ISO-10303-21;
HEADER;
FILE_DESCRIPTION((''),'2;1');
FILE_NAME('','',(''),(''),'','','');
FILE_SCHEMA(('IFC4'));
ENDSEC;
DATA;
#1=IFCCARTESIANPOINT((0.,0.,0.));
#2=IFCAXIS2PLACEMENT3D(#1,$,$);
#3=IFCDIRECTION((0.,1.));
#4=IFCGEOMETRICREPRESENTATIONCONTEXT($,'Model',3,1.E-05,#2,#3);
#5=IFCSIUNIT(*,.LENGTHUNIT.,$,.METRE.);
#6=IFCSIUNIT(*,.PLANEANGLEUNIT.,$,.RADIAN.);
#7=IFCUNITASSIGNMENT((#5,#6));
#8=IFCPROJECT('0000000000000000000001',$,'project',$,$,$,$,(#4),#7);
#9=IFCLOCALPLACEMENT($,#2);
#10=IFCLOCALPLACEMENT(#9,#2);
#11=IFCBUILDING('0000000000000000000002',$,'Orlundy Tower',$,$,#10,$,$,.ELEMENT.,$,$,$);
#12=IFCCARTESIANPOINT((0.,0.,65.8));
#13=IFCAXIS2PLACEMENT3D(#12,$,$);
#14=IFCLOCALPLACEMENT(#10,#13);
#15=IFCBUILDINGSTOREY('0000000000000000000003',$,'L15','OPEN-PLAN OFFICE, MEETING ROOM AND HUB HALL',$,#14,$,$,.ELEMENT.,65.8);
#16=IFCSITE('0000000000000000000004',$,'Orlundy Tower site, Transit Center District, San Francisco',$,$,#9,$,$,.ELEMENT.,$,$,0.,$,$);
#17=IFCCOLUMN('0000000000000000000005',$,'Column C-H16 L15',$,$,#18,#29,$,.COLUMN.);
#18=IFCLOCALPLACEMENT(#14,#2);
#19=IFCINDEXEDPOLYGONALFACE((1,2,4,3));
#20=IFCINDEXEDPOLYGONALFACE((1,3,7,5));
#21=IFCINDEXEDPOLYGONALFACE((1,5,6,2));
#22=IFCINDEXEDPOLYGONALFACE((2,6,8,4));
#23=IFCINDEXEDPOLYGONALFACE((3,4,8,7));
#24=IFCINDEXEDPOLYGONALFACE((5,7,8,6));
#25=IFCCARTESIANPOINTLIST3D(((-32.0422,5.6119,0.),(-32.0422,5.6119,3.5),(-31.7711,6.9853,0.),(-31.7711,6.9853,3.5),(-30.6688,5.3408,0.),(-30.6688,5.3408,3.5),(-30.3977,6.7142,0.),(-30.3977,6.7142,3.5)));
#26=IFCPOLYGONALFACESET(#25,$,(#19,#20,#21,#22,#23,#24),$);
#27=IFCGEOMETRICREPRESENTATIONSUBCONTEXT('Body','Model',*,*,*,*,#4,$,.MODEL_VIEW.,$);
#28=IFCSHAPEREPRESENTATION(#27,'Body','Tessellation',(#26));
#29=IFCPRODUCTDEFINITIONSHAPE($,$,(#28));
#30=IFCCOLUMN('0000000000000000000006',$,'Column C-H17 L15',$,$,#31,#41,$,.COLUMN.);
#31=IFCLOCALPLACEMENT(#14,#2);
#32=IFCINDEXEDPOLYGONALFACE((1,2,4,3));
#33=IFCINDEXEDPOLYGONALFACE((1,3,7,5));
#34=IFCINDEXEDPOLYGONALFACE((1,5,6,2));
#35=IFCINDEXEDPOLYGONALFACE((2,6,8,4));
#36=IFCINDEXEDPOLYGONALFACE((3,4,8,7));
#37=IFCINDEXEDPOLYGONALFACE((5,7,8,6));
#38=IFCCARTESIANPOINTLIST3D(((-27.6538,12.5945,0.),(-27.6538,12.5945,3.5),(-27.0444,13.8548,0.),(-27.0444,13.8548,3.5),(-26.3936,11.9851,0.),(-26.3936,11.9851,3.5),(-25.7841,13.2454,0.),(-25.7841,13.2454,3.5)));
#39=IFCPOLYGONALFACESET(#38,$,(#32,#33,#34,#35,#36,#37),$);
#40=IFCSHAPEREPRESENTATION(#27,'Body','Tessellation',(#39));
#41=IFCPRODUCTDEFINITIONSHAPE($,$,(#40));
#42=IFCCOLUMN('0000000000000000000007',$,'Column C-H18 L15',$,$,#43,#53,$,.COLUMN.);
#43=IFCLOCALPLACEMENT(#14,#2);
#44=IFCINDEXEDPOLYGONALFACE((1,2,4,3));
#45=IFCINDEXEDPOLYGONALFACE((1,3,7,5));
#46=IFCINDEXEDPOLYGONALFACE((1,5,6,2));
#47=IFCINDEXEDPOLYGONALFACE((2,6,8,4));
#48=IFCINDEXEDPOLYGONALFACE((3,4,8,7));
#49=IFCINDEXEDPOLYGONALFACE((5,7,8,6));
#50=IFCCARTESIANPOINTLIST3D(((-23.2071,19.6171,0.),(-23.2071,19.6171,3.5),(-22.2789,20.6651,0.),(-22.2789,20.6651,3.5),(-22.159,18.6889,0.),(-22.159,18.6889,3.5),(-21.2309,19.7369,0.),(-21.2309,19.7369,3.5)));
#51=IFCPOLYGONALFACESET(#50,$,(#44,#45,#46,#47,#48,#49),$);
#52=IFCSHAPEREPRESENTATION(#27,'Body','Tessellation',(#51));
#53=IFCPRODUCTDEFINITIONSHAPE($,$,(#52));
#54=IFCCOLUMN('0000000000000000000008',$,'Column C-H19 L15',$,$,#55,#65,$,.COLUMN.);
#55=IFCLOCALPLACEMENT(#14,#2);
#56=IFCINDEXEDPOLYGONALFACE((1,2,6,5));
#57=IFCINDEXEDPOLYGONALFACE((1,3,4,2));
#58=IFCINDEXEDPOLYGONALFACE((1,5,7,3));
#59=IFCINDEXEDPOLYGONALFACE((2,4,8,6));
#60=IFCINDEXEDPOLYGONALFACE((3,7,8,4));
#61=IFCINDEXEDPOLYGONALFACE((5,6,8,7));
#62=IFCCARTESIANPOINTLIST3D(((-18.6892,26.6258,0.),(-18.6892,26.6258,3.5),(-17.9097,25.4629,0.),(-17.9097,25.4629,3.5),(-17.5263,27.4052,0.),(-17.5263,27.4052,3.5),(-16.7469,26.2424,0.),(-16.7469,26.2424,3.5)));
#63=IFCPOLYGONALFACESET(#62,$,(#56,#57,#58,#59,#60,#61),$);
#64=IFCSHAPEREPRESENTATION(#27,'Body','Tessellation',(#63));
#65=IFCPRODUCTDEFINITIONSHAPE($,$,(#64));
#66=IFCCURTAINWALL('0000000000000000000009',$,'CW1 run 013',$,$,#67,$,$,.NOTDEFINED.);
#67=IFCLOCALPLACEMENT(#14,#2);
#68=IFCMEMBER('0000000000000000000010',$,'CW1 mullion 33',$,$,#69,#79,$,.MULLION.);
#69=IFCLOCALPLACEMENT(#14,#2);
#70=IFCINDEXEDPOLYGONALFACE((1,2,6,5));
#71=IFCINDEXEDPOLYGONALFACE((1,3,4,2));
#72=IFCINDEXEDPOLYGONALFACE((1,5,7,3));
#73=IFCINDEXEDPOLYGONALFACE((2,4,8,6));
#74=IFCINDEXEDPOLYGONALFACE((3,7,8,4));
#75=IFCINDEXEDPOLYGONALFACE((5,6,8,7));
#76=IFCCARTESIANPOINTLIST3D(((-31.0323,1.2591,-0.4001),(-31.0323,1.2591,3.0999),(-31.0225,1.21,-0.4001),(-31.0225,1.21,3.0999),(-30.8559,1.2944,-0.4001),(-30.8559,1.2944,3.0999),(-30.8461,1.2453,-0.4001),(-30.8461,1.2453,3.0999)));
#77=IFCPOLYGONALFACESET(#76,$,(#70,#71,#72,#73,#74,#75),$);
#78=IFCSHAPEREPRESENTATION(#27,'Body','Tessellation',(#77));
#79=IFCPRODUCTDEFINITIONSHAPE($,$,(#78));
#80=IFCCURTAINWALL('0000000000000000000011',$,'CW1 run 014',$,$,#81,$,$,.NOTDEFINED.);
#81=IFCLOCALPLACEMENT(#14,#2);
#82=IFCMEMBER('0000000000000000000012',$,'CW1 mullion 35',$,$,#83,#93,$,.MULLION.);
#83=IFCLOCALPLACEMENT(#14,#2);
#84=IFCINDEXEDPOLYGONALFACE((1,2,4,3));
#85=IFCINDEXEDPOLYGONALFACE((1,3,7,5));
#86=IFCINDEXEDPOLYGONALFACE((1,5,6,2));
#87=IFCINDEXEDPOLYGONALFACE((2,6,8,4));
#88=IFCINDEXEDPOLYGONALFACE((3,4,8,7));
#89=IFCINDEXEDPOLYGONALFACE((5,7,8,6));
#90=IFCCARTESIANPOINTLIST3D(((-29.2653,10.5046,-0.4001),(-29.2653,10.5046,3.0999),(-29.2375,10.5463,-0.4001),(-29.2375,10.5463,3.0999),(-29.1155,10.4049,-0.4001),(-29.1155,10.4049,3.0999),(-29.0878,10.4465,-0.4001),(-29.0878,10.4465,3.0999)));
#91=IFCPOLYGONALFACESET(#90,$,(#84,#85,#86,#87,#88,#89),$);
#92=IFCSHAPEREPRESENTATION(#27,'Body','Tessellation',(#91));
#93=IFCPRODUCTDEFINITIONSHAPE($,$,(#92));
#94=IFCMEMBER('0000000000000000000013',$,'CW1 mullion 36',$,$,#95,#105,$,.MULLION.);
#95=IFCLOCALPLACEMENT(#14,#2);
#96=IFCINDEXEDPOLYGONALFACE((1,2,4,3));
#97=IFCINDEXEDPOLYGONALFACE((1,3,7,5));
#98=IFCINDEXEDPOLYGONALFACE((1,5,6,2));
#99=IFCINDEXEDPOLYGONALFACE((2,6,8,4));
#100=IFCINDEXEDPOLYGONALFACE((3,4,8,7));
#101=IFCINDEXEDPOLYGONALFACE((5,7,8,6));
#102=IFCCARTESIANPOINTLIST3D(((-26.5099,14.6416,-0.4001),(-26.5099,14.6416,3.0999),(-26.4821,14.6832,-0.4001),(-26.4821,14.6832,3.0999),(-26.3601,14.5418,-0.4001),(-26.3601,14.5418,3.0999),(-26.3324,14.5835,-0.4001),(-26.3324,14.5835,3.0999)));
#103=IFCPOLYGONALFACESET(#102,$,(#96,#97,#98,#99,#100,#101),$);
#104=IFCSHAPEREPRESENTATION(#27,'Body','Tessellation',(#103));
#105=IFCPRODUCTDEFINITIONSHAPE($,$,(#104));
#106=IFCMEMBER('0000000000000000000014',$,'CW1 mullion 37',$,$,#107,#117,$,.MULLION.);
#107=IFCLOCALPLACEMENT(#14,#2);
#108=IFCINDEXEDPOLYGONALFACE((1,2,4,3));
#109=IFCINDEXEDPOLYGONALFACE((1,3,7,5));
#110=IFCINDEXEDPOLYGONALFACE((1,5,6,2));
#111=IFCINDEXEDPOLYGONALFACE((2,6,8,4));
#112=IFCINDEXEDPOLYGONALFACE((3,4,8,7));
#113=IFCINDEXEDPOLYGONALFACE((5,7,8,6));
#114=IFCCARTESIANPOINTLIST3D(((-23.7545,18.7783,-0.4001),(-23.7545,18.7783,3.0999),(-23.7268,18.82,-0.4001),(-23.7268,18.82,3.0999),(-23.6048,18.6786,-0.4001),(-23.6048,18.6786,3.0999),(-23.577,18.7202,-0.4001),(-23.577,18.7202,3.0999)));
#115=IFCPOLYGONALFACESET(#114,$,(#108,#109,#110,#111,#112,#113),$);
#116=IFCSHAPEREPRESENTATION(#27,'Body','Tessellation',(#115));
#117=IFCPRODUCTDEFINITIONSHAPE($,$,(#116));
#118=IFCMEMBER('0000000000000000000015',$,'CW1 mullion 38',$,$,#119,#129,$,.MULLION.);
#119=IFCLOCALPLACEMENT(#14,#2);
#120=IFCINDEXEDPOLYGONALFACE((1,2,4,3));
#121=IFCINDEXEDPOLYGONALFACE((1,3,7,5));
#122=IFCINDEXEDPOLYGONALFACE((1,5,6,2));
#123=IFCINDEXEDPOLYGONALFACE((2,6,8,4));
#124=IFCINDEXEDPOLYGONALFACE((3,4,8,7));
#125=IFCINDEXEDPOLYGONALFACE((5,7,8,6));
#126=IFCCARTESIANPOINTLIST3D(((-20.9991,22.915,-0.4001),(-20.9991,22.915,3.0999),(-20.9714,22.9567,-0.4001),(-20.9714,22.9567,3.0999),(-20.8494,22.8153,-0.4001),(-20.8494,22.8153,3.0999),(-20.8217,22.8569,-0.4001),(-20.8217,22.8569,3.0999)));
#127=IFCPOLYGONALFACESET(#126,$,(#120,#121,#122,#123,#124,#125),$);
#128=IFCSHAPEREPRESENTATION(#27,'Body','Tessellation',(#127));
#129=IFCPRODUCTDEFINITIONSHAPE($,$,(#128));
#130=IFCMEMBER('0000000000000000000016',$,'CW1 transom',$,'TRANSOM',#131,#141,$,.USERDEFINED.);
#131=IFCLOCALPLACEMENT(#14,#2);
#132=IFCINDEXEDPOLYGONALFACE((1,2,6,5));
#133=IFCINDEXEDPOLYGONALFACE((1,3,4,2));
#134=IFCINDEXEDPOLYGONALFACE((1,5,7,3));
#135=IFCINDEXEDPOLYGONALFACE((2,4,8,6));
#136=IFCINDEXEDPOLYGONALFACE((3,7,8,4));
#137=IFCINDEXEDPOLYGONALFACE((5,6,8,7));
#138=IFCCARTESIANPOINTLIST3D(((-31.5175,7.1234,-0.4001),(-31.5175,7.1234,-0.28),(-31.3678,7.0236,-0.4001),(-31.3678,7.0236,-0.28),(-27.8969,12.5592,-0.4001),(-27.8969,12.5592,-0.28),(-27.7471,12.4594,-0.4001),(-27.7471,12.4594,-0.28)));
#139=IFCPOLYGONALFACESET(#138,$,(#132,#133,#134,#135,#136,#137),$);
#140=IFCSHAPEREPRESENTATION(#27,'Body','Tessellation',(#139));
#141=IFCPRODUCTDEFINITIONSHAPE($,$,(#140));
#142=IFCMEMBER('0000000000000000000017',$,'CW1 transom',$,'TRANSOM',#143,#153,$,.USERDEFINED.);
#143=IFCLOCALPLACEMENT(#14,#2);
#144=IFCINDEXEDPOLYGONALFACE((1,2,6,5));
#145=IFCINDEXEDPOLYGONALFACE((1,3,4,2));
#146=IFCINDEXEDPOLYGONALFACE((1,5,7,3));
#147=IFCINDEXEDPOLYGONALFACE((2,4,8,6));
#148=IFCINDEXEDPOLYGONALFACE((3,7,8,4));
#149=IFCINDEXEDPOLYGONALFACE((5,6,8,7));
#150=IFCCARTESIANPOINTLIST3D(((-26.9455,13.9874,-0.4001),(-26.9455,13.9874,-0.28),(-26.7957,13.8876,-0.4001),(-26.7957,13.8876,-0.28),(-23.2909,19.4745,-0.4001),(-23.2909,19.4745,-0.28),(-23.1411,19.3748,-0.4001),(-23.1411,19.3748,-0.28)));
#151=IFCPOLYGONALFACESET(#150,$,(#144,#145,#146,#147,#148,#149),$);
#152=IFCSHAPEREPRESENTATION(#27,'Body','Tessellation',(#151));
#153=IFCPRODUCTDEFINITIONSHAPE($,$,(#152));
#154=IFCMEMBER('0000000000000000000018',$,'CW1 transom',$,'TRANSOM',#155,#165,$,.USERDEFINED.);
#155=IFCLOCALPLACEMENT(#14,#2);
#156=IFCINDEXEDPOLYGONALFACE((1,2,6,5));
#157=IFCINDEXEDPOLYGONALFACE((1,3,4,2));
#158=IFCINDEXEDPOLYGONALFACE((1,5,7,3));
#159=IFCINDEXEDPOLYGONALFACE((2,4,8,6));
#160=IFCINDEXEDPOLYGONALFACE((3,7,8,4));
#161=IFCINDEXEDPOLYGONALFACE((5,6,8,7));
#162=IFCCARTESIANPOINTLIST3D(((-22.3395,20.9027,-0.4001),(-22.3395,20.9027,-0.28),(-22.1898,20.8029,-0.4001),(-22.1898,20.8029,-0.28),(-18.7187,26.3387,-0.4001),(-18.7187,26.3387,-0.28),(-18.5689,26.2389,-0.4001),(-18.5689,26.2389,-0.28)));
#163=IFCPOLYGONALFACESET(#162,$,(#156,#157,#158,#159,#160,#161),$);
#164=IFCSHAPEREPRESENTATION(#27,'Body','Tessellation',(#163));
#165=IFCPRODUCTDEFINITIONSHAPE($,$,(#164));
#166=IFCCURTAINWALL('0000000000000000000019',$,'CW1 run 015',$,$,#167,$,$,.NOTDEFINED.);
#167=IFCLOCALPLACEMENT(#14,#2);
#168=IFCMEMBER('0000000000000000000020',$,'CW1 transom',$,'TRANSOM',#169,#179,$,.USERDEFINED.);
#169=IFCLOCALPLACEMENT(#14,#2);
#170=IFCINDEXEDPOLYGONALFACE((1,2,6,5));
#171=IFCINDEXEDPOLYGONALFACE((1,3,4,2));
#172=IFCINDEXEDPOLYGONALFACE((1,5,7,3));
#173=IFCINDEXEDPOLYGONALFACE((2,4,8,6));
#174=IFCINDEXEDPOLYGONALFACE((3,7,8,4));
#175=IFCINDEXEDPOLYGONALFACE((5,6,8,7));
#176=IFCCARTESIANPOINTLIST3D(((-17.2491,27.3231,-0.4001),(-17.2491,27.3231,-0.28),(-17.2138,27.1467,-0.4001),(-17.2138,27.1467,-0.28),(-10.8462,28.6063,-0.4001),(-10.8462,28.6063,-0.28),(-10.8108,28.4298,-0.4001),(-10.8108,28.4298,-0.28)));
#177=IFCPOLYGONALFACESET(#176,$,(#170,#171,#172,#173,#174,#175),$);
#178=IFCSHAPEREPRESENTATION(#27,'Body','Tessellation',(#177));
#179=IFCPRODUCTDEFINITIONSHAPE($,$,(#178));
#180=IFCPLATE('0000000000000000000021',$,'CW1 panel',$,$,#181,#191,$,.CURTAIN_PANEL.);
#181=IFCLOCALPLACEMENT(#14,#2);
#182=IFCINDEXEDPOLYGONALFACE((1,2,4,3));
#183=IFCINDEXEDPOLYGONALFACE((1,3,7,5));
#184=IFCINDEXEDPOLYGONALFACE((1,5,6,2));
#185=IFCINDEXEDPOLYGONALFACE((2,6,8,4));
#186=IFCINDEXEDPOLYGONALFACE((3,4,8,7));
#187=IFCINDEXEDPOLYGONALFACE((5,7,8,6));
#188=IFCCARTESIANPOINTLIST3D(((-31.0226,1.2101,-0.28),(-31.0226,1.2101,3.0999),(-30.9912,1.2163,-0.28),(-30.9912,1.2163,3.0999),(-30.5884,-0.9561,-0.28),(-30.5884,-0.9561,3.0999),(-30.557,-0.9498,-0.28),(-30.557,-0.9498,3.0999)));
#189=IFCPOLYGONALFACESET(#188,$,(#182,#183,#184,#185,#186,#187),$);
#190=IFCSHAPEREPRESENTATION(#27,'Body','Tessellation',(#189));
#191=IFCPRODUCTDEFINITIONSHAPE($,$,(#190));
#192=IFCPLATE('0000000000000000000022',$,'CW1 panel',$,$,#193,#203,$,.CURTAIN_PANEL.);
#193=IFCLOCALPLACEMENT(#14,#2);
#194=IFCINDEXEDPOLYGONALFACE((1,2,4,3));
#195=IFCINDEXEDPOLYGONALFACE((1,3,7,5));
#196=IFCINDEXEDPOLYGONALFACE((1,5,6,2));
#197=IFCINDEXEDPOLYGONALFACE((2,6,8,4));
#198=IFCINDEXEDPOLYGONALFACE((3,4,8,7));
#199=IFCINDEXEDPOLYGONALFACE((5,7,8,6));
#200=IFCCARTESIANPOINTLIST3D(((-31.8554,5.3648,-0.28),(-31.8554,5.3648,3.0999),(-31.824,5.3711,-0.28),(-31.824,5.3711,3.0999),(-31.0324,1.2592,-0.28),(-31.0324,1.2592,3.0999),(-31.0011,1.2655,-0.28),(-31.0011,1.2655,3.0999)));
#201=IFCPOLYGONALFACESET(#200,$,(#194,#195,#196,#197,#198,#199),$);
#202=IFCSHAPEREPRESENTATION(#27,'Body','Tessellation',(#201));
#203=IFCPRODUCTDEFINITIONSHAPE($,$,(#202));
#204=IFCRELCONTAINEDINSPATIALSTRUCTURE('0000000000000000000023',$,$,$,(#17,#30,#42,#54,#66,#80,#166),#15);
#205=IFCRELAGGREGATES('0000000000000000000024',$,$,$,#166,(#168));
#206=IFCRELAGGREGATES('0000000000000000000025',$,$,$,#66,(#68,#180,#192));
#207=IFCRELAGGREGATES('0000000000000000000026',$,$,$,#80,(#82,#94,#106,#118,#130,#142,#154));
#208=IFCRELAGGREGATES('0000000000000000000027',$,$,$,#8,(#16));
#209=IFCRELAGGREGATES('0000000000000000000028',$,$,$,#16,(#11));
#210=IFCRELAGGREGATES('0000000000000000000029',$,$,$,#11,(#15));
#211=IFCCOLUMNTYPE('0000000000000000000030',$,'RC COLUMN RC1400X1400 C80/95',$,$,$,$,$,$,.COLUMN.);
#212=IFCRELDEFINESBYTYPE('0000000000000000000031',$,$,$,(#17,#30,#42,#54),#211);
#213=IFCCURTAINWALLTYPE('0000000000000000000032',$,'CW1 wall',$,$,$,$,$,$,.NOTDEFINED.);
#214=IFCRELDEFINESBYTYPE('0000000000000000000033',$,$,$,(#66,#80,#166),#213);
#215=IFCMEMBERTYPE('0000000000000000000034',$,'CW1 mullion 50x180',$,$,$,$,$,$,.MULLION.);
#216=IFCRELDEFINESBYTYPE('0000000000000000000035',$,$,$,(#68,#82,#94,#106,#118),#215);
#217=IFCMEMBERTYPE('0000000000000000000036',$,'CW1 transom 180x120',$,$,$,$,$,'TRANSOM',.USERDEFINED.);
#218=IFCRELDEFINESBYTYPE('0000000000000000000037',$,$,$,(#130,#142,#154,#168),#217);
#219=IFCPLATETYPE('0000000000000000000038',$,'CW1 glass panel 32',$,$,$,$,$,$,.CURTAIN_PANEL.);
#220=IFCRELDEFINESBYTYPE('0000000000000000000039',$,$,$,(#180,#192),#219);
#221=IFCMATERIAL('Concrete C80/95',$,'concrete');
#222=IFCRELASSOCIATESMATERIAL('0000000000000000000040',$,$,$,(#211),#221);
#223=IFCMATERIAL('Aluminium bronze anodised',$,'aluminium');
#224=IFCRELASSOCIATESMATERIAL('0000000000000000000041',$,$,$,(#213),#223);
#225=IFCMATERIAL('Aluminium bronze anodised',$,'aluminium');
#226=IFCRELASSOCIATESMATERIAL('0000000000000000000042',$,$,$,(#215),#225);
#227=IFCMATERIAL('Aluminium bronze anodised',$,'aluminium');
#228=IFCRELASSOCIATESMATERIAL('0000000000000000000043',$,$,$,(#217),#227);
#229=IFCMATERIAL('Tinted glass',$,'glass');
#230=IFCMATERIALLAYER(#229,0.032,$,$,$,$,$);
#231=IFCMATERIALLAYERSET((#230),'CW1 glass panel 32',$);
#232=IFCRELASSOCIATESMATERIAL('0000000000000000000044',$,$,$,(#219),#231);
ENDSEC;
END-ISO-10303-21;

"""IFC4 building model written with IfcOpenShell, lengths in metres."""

from ifc_helpers import new_model, si_unit, direction, frame, origin, origin_2d, place, context, subcontext, project, spatial, rectangle, extrude, material, layer, layer_set, material_profile, profile_set, type_object, element, aggregate, save


model = new_model("IFC4")

# Units and contexts
model_context = context("Model", 3, precision=1e-05, world=origin(), true_north=direction((0.0, 1.0)))
body_context = subcontext(model_context, "Body", "Model", "MODEL_VIEW")
ifc_project = project(units=[si_unit("LENGTHUNIT", "METRE"), si_unit("PLANEANGLEUNIT", "RADIAN")], contexts=[model_context])

# Site, building, storey
site_placement = place(None, origin())
site = spatial("IfcSite", under=ifc_project, at=site_placement, Name="Orlundy Tower site, Transit Center District, San Francisco", CompositionType="ELEMENT", RefElevation=0.0)
building_placement = place(site_placement, origin())
building = spatial("IfcBuilding", under=site, at=building_placement, Name="Orlundy Tower", CompositionType="ELEMENT")
storey_placement = place(building_placement, frame((0.0, 0.0, 65.8)))
storey = spatial("IfcBuildingStorey", under=building, at=storey_placement, Name="L15", Description="OPEN-PLAN OFFICE, MEETING ROOM AND HUB HALL", CompositionType="ELEMENT", Elevation=65.8)

# Columns
ifc_material_1 = material(Name="Concrete C80/95", Category="concrete")
ifc_material_profile_1 = material_profile(ifc_material_1, rectangle(XDim=1.3999, YDim=1.3999, at=origin_2d()), Name="RC1400X1400")
ifc_profile_set_1 = profile_set([ifc_material_profile_1], Name="Concrete C80/95")
column_type = type_object("IfcColumnType", Name="RC COLUMN RC1400X1400 C80/95", PredefinedType="COLUMN", material=ifc_profile_set_1)
for number, where, z_axis, x_axis, name in (
    (1, (-31.22, 6.1631, 0.0), (0.0, 0.0, 1.0), (-0.981067, 0.193669, 0.0), "Column C-H16 L15"),
    (2, (-26.719, 12.9199, 0.0), (0.0, 0.0, 1.0), (-0.900273, 0.435325, 0.0), "Column C-H17 L15"),
    (3, (-22.219, 19.677, 0.0), (0.0, 0.0, 1.0), (-0.748632, 0.662986, 0.0), "Column C-H18 L15"),
    (4, (-17.718, 26.4341, 0.0), (0.0, 0.0, 1.0), (-0.556774, 0.830664, 0.0), "Column C-H19 L15"),
):
    element("IfcColumn", number, at=place(storey_placement, frame(where, z_axis=z_axis, x_axis=x_axis)), inside=storey, type_object=column_type, Name=name, PredefinedType="COLUMN", context=body_context, shape_type="SweptSolid", body=[
        extrude(rectangle(XDim=1.3999, YDim=1.3999, at=origin_2d()), origin(), (0.0, 0.0, 1.0), 3.5),
    ])

# Curtain wall, member
ifc_material_2 = material(Name="Aluminium bronze anodised", Category="aluminium")
curtain_wall_type = type_object("IfcCurtainWallType", Name="CW1 wall", PredefinedType="NOTDEFINED", material=ifc_material_2)
curtain_wall_1_placement = place(storey_placement, origin())
curtain_wall_1 = element("IfcCurtainWall", 5, at=curtain_wall_1_placement, inside=storey, type_object=curtain_wall_type, Name="CW1 run 013", PredefinedType="NOTDEFINED")
ifc_material_3 = material(Name="Aluminium bronze anodised", Category="aluminium")
ifc_material_profile_2 = material_profile(ifc_material_3, rectangle(XDim=0.1799, YDim=0.05, at=origin_2d()), Name="CW1 mullion 50x180")
ifc_profile_set_2 = profile_set([ifc_material_profile_2], Name="Aluminium bronze anodised")
member_type_1 = type_object("IfcMemberType", Name="CW1 mullion 50x180", PredefinedType="MULLION", material=ifc_profile_set_2)
member_1_placement = place(storey_placement, frame((-30.9392, 1.2522, -0.4001), z_axis=(0.0, 0.0, 1.0), x_axis=(-0.980498, -0.196529, 0.0)))
member_1 = element("IfcMember", 6, at=member_1_placement, type_object=member_type_1, Name="CW1 mullion 33", PredefinedType="MULLION", context=body_context, shape_type="SweptSolid", body=[
    extrude(rectangle(XDim=0.1799, YDim=0.05, at=origin_2d()), origin(), (0.0, 0.0, 1.0), 3.5),
])

# Curtain wall, members
curtain_wall_2_placement = place(storey_placement, origin())
curtain_wall_2 = element("IfcCurtainWall", 7, at=curtain_wall_2_placement, inside=storey, type_object=curtain_wall_type, Name="CW1 run 014", PredefinedType="NOTDEFINED")
member_2_placement = place(storey_placement, frame((-29.1765, 10.4756, -0.4001), z_axis=(0.0, 0.0, 1.0), x_axis=(-0.832279, 0.554357, 0.0)))
member_2 = element("IfcMember", 8, at=member_2_placement, type_object=member_type_1, Name="CW1 mullion 35", PredefinedType="MULLION", context=body_context, shape_type="SweptSolid", body=[
    extrude(rectangle(XDim=0.1799, YDim=0.05, at=origin_2d()), origin(), (0.0, 0.0, 1.0), 3.5),
])
member_3_placement = place(storey_placement, frame((-26.4211, 14.6125, -0.4001), z_axis=(0.0, 0.0, 1.0), x_axis=(-0.832279, 0.554357, 0.0)))
member_3 = element("IfcMember", 9, at=member_3_placement, type_object=member_type_1, Name="CW1 mullion 36", PredefinedType="MULLION", context=body_context, shape_type="SweptSolid", body=[
    extrude(rectangle(XDim=0.1799, YDim=0.05, at=origin_2d()), origin(), (0.0, 0.0, 1.0), 3.5),
])
member_4_placement = place(storey_placement, frame((-23.6658, 18.7493, -0.4001), z_axis=(0.0, 0.0, 1.0), x_axis=(-0.832279, 0.554357, 0.0)))
member_4 = element("IfcMember", 10, at=member_4_placement, type_object=member_type_1, Name="CW1 mullion 37", PredefinedType="MULLION", context=body_context, shape_type="SweptSolid", body=[
    extrude(rectangle(XDim=0.1799, YDim=0.05, at=origin_2d()), origin(), (0.0, 0.0, 1.0), 3.5),
])
member_5_placement = place(storey_placement, frame((-20.9104, 22.886, -0.4001), z_axis=(0.0, 0.0, 1.0), x_axis=(-0.832279, 0.554357, 0.0)))
member_5 = element("IfcMember", 11, at=member_5_placement, type_object=member_type_1, Name="CW1 mullion 38", PredefinedType="MULLION", context=body_context, shape_type="SweptSolid", body=[
    extrude(rectangle(XDim=0.1799, YDim=0.05, at=origin_2d()), origin(), (0.0, 0.0, 1.0), 3.5),
])
ifc_material_4 = material(Name="Aluminium bronze anodised", Category="aluminium")
ifc_material_profile_3 = material_profile(ifc_material_4, rectangle(XDim=0.1799, YDim=0.1201, at=origin_2d()), Name="CW1 transom 180x120")
ifc_profile_set_3 = profile_set([ifc_material_profile_3], Name="Aluminium bronze anodised")
member_type_2 = type_object("IfcMemberType", Name="CW1 transom 180x120", ElementType="TRANSOM", PredefinedType="USERDEFINED", material=ifc_profile_set_3)
member_6_placement = place(storey_placement, frame((-31.4426, 7.0735, -0.3401), z_axis=(0.554355, 0.83228, 0.0), x_axis=(-0.83228, 0.554355, 0.0)))
member_6 = element("IfcMember", 12, at=member_6_placement, type_object=member_type_2, Name="CW1 transom", ObjectType="TRANSOM", PredefinedType="USERDEFINED", context=body_context, shape_type="SweptSolid", body=[
    extrude(rectangle(XDim=0.1799, YDim=0.1201, at=origin_2d()), origin(), (0.0, 0.0, 1.0), 6.5312),
])
member_7_placement = place(storey_placement, frame((-26.8706, 13.9375, -0.3401), z_axis=(0.554333, 0.832295, 0.0), x_axis=(-0.832295, 0.554333, 0.0)))
member_7 = element("IfcMember", 13, at=member_7_placement, type_object=member_type_2, Name="CW1 transom", ObjectType="TRANSOM", PredefinedType="USERDEFINED", context=body_context, shape_type="SweptSolid", body=[
    extrude(rectangle(XDim=0.1799, YDim=0.1201, at=origin_2d()), origin(), (0.0, 0.0, 1.0), 6.5928),
])
member_8_placement = place(storey_placement, frame((-22.2646, 20.8528, -0.3401), z_axis=(0.554364, 0.832274, 0.0), x_axis=(-0.832274, 0.554364, 0.0)))
member_8 = element("IfcMember", 14, at=member_8_placement, type_object=member_type_2, Name="CW1 transom", ObjectType="TRANSOM", PredefinedType="USERDEFINED", context=body_context, shape_type="SweptSolid", body=[
    extrude(rectangle(XDim=0.1799, YDim=0.1201, at=origin_2d()), origin(), (0.0, 0.0, 1.0), 6.5315),
])

# Curtain wall, member
curtain_wall_3_placement = place(storey_placement, origin())
curtain_wall_3 = element("IfcCurtainWall", 15, at=curtain_wall_3_placement, inside=storey, type_object=curtain_wall_type, Name="CW1 run 015", PredefinedType="NOTDEFINED")
member_9_placement = place(storey_placement, frame((-17.2314, 27.2349, -0.3401), z_axis=(0.980504, 0.196497, 0.0), x_axis=(-0.196497, 0.980504, 0.0)))
member_9 = element("IfcMember", 16, at=member_9_placement, type_object=member_type_2, Name="CW1 transom", ObjectType="TRANSOM", PredefinedType="USERDEFINED", context=body_context, shape_type="SweptSolid", body=[
    extrude(rectangle(XDim=0.1799, YDim=0.1201, at=origin_2d()), origin(), (0.0, 0.0, 1.0), 6.5303),
])
aggregate(curtain_wall_3, [member_9])

# Plates
ifc_material_5 = material(Name="Tinted glass", Category="glass")
ifc_layer_1 = layer(ifc_material_5, 0.032)
ifc_layer_set_1 = layer_set([ifc_layer_1], Name="CW1 glass panel 32")
plate_type = type_object("IfcPlateType", Name="CW1 glass panel 32", PredefinedType="CURTAIN_PANEL", material=ifc_layer_set_1)
plate_1_placement = place(storey_placement, frame((-30.7898, 0.1301, -0.28), z_axis=(0.0, 0.0, 1.0), x_axis=(-0.196529, 0.980498, 0.0)))
plate_1 = element("IfcPlate", 17, at=plate_1_placement, type_object=plate_type, Name="CW1 panel", PredefinedType="CURTAIN_PANEL", context=body_context, shape_type="SweptSolid", body=[
    extrude(rectangle(XDim=2.2092, YDim=0.032, at=origin_2d()), origin(), (0.0, 0.0, 1.0), 3.3799),
])
plate_2_placement = place(storey_placement, frame((-31.4282, 3.3152, -0.28), z_axis=(0.0, 0.0, 1.0), x_axis=(-0.196529, 0.980498, 0.0)))
plate_2 = element("IfcPlate", 18, at=plate_2_placement, type_object=plate_type, Name="CW1 panel", PredefinedType="CURTAIN_PANEL", context=body_context, shape_type="SweptSolid", body=[
    extrude(rectangle(XDim=4.1873, YDim=0.032, at=origin_2d()), origin(), (0.0, 0.0, 1.0), 3.3799),
])
aggregate(curtain_wall_1, [member_1, plate_1, plate_2])
aggregate(curtain_wall_2, [member_2, member_3, member_4, member_5, member_6, member_7, member_8])

save(model, "model.ifc")
